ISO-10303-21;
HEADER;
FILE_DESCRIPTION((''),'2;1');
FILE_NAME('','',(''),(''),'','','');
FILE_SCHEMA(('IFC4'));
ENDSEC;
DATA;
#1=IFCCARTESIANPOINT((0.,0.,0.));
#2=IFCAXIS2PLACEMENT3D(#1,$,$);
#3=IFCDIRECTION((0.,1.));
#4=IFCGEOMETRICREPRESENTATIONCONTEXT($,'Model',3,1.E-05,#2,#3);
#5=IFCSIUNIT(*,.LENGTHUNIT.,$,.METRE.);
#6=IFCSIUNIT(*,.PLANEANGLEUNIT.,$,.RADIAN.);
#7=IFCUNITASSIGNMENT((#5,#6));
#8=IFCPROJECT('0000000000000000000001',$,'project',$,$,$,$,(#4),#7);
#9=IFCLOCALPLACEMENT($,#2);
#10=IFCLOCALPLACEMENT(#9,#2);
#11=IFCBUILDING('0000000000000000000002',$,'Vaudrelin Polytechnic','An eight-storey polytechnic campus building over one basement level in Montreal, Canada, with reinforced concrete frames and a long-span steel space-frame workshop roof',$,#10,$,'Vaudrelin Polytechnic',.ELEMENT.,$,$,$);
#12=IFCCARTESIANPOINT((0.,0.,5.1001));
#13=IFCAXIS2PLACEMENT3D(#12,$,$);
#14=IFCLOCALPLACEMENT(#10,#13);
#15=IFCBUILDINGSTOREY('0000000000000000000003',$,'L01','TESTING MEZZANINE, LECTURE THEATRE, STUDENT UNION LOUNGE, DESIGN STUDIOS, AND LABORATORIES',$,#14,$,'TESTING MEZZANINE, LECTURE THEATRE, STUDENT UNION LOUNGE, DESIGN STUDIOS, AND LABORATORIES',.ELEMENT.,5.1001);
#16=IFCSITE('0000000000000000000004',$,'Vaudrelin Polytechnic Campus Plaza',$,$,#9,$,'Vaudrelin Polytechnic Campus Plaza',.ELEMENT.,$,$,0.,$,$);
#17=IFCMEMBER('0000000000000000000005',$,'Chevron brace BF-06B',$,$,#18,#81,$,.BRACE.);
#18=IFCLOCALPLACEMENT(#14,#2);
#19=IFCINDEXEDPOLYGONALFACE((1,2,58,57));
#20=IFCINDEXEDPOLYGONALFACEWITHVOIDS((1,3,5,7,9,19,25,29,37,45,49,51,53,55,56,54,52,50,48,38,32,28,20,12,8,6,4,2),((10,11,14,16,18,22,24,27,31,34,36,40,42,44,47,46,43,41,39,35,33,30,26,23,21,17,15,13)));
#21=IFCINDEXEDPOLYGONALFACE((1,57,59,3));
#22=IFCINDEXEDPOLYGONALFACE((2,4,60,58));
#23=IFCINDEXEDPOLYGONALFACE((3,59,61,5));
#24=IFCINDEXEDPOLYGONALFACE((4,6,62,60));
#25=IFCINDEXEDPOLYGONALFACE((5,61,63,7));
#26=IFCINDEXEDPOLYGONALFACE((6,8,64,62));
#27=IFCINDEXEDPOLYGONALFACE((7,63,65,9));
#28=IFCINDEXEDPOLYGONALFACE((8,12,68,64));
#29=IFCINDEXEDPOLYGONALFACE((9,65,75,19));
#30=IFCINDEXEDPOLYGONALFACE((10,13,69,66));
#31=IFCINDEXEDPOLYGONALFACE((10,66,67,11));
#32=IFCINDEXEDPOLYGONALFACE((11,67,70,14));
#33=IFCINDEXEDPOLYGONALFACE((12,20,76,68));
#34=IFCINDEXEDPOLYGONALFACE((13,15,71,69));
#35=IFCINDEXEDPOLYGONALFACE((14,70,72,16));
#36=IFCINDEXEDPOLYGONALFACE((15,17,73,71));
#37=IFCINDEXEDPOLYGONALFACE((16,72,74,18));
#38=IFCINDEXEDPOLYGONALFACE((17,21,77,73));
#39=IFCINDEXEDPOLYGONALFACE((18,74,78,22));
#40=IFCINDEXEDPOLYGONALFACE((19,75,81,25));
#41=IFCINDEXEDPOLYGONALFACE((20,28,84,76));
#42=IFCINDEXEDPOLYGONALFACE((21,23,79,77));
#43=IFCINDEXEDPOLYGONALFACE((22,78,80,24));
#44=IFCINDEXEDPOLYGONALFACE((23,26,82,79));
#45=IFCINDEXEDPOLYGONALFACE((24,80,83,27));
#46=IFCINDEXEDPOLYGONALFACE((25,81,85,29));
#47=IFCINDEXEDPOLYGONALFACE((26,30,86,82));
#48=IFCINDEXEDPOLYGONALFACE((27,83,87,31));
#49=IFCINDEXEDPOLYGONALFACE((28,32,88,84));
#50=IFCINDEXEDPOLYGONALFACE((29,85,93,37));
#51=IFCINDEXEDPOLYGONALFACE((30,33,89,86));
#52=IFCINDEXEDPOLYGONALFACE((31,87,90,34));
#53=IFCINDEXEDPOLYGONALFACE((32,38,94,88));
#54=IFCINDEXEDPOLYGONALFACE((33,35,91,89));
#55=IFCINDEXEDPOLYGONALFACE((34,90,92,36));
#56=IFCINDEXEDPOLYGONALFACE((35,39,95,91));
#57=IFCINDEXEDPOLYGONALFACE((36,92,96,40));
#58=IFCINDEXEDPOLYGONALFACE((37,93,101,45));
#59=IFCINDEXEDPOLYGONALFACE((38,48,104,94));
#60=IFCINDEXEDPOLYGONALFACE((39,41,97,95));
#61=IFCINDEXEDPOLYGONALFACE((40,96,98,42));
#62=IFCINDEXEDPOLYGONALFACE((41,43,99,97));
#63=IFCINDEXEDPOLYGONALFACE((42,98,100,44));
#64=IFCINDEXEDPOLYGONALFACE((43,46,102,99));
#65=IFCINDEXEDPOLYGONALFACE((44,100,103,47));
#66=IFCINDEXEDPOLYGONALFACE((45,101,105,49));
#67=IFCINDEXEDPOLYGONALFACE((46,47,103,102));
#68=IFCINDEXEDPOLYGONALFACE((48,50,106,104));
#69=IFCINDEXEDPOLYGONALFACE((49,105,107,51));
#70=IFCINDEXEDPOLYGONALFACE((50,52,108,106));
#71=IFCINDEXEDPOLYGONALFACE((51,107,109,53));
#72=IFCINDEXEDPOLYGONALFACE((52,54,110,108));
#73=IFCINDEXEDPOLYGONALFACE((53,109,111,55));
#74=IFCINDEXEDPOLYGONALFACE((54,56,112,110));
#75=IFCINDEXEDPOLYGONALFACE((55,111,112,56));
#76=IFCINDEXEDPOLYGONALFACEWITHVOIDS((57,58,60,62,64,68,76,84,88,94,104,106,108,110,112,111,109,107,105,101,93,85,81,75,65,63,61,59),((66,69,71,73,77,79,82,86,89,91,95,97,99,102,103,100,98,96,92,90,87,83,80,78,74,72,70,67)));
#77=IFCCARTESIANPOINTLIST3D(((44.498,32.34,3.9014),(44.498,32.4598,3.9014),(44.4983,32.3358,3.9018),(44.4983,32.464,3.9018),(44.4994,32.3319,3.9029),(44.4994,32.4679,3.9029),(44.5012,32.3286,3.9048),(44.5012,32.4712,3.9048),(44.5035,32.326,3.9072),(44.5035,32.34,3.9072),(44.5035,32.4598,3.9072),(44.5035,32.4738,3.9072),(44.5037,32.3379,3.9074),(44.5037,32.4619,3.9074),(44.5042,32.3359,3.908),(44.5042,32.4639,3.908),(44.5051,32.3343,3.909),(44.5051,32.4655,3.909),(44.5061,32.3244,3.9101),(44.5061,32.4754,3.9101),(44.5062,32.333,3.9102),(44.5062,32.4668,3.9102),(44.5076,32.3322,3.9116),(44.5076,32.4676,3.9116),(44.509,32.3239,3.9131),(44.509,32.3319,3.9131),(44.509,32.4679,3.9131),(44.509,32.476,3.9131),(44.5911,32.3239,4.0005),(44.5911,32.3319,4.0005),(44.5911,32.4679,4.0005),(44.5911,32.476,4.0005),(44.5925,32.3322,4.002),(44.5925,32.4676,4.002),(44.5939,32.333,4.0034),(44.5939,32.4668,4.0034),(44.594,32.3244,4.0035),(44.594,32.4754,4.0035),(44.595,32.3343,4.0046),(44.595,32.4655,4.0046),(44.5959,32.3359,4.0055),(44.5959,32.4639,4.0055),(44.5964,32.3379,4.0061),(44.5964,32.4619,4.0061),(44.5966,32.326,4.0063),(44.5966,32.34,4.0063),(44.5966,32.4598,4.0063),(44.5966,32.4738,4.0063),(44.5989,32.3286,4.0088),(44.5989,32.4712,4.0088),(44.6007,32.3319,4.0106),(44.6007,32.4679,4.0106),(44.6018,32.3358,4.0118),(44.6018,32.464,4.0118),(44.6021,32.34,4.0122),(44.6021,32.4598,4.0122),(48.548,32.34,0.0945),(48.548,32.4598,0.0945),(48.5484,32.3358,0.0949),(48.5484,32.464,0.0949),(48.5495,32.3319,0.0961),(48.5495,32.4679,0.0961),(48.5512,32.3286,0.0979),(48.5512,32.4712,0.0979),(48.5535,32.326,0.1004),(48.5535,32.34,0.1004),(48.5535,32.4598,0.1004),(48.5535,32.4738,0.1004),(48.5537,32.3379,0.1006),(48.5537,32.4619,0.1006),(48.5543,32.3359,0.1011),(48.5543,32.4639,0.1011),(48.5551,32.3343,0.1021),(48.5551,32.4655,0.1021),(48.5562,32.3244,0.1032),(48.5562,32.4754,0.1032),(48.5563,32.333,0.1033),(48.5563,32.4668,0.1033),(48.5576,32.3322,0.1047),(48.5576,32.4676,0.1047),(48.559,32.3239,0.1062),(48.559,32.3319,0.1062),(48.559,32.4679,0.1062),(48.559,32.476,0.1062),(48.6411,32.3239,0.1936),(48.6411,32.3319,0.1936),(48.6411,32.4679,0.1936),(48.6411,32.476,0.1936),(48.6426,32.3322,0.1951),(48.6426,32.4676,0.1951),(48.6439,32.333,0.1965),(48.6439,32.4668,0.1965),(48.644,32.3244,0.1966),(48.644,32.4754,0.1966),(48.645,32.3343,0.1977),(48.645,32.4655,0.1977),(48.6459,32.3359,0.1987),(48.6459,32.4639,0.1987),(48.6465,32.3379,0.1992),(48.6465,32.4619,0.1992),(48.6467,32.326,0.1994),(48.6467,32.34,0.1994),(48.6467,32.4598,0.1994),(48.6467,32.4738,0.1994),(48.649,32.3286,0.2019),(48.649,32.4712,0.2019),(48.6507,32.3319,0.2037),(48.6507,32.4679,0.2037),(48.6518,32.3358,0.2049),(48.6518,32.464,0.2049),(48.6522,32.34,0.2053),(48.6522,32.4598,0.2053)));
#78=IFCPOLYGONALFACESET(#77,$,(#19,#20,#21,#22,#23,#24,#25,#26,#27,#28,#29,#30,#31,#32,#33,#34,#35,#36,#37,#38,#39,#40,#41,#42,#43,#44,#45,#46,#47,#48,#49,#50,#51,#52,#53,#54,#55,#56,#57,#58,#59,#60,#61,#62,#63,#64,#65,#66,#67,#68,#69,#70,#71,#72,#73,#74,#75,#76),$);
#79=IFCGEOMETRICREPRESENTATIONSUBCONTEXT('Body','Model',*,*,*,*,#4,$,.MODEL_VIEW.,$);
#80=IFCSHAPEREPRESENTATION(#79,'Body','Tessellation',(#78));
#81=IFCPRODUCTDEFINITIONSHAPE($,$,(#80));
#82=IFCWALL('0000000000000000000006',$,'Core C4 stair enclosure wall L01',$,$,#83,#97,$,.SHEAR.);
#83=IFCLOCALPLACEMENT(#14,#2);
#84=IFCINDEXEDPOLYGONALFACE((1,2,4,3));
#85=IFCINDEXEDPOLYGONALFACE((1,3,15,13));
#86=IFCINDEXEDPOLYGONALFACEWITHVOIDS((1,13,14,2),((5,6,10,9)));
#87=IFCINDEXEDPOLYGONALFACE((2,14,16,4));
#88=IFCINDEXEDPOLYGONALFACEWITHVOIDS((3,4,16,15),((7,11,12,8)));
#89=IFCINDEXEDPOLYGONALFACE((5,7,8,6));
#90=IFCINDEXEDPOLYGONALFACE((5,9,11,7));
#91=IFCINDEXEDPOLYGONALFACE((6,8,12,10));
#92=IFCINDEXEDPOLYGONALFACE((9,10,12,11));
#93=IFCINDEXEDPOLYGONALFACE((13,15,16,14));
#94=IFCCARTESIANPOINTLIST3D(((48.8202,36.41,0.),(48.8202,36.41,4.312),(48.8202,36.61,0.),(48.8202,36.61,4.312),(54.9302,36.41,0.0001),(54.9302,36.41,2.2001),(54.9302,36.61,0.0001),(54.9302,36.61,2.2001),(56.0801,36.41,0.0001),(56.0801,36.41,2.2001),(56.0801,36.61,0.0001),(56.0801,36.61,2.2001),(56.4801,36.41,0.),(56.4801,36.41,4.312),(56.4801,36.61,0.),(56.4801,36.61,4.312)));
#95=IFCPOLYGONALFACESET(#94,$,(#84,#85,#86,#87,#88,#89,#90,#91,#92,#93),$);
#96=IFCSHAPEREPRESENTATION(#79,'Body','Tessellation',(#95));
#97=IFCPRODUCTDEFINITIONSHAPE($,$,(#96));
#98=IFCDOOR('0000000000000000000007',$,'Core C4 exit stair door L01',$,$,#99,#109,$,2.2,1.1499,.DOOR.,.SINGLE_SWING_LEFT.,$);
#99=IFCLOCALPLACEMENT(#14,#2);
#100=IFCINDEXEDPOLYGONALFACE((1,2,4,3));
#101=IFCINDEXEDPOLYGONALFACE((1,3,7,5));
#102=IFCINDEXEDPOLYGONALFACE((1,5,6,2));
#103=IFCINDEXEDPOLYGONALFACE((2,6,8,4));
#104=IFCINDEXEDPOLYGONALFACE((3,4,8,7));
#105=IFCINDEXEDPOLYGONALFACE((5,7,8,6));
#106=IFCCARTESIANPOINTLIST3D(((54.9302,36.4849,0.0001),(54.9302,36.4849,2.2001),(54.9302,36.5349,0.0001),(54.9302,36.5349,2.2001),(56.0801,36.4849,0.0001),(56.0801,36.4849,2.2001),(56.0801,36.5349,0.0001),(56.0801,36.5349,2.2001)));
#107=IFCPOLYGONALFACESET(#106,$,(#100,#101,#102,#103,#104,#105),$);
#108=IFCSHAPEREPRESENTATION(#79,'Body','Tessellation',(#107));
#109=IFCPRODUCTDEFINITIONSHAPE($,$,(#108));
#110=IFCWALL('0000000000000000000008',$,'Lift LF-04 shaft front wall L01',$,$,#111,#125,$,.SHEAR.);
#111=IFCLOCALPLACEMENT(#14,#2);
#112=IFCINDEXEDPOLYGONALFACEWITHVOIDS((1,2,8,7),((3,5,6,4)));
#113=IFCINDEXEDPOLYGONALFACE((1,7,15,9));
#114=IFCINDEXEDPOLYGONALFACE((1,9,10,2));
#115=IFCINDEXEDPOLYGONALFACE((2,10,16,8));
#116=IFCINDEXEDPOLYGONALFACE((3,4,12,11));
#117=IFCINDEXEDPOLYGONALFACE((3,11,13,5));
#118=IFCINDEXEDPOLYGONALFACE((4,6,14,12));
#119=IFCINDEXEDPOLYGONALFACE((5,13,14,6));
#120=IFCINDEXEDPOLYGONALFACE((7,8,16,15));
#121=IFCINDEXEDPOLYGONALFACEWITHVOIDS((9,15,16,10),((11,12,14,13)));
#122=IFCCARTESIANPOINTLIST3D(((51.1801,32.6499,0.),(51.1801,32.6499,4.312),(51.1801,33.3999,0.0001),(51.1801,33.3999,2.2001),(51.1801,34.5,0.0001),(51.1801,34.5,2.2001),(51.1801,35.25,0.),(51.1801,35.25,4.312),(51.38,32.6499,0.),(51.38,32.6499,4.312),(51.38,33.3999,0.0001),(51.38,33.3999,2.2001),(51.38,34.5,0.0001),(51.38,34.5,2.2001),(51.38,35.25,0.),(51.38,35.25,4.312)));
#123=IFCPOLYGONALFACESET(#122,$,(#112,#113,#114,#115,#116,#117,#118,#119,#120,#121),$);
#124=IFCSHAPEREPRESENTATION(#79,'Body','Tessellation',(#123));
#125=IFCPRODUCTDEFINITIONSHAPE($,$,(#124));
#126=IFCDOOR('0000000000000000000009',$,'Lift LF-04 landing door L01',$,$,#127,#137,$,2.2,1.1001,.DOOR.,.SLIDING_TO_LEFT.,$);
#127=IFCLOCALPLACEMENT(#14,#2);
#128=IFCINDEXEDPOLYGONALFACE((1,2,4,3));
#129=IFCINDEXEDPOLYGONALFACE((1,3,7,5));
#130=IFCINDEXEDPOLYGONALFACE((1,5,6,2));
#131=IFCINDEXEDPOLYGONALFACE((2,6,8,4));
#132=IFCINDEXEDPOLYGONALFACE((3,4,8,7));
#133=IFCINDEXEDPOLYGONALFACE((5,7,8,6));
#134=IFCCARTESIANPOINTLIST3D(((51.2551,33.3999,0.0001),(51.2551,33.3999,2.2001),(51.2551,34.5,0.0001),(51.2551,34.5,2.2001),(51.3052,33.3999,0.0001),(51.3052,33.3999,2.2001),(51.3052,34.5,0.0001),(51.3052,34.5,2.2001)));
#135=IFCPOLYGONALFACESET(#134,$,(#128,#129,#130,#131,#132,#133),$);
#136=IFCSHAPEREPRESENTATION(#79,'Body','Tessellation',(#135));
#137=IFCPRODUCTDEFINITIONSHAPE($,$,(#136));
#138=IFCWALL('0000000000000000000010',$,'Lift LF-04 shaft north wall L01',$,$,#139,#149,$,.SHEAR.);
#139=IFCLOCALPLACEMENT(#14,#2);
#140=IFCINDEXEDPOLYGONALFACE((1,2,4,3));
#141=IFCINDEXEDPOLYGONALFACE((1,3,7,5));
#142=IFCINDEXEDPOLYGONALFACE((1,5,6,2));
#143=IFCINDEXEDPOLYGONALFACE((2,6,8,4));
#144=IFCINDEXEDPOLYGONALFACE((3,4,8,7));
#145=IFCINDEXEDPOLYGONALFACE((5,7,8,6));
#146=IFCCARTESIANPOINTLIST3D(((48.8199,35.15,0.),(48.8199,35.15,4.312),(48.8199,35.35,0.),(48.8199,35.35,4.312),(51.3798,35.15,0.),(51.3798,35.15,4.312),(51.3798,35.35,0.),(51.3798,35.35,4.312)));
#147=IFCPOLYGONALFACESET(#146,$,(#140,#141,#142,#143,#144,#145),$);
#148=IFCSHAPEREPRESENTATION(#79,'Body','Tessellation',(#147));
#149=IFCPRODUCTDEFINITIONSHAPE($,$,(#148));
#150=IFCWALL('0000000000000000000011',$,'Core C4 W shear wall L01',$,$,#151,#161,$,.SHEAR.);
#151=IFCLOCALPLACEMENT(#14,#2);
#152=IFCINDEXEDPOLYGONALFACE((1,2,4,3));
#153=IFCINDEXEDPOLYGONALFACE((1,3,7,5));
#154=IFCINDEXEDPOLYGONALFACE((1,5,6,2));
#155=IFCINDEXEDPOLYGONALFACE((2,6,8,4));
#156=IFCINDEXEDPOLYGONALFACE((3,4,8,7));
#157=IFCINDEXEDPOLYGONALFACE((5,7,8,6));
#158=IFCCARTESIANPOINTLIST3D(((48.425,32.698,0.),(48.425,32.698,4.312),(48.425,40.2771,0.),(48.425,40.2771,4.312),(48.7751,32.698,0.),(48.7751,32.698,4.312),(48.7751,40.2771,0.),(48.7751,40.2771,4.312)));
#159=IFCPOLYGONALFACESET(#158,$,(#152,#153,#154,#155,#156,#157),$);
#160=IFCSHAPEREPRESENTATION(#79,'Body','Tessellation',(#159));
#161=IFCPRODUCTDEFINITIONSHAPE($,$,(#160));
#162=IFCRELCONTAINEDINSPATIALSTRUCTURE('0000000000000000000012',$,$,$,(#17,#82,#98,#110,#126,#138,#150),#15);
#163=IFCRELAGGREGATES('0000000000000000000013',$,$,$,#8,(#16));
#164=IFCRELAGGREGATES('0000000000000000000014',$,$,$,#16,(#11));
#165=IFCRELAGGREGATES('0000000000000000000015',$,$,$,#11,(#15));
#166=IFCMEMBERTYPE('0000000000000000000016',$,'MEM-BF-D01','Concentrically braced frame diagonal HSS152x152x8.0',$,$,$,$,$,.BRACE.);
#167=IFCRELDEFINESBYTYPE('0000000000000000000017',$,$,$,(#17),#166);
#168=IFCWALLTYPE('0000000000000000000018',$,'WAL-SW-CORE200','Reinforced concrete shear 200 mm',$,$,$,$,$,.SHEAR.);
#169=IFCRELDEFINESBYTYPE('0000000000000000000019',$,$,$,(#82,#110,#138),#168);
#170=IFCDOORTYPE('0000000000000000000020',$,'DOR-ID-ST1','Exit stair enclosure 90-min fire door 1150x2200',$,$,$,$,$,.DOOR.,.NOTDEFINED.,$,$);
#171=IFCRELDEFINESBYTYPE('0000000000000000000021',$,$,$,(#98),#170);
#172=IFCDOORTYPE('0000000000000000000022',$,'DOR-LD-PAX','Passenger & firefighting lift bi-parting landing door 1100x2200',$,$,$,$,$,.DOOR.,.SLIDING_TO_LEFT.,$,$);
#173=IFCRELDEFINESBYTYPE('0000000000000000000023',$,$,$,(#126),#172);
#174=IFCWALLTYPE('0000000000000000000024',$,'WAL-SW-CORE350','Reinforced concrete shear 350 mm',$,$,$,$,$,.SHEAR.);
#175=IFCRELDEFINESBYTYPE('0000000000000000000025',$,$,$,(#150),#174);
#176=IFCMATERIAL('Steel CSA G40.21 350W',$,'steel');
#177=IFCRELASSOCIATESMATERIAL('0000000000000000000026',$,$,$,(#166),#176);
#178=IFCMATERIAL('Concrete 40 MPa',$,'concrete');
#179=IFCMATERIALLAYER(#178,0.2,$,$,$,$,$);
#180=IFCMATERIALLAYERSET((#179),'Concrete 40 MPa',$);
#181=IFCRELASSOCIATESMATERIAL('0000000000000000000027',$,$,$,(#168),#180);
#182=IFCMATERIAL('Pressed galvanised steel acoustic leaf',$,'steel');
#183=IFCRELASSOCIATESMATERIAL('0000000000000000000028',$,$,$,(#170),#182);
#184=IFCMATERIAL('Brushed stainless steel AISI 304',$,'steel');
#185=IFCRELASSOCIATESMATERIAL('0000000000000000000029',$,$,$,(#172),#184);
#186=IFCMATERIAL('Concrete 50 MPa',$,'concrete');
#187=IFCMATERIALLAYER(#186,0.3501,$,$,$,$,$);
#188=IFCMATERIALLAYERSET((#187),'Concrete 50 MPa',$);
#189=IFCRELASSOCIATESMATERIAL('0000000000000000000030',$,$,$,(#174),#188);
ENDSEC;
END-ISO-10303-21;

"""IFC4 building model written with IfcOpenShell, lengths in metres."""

from ifc_helpers import new_model, si_unit, direction, frame, frame_2d, origin, origin_2d, place, context, subcontext, project, spatial, rectangle, hollow_rectangle, extrude, material, layer, layer_set, material_profile, profile_set, type_object, element, fill, save


model = new_model("IFC4")

# Units and contexts
model_context = context("Model", 3, precision=1e-05, world=origin(), true_north=direction((0.0, 1.0)))
body_context = subcontext(model_context, "Body", "Model", "MODEL_VIEW")
ifc_project = project(units=[si_unit("LENGTHUNIT", "METRE"), si_unit("PLANEANGLEUNIT", "RADIAN")], contexts=[model_context])

# Site, building, storey
site_placement = place(None, origin())
site = spatial("IfcSite", under=ifc_project, at=site_placement, Name="Vaudrelin Polytechnic Campus Plaza", LongName="Vaudrelin Polytechnic Campus Plaza", CompositionType="ELEMENT", RefElevation=0.0)
building_placement = place(site_placement, origin())
building = spatial("IfcBuilding", under=site, at=building_placement, Name="Vaudrelin Polytechnic", Description="An eight-storey polytechnic campus building over one basement level in Montreal, Canada, with reinforced concrete frames and a long-span steel space-frame workshop roof", LongName="Vaudrelin Polytechnic", CompositionType="ELEMENT")
storey_placement = place(building_placement, frame((0.0, 0.0, 5.1001)))
storey = spatial("IfcBuildingStorey", under=building, at=storey_placement, Name="L01", Description="TESTING MEZZANINE, LECTURE THEATRE, STUDENT UNION LOUNGE, DESIGN STUDIOS, AND LABORATORIES", LongName="TESTING MEZZANINE, LECTURE THEATRE, STUDENT UNION LOUNGE, DESIGN STUDIOS, AND LABORATORIES", CompositionType="ELEMENT", Elevation=5.1001)

# Shared definitions
ifc_material_1 = material(Name="Concrete 40 MPa", Category="concrete")

# Shared definitions
ifc_material_2 = material(Name="Steel CSA G40.21 350W", Category="steel")

# Member
ifc_material_profile_1 = material_profile(ifc_material_2, hollow_rectangle(XDim=0.1521, YDim=0.1521, WallThickness=0.0081, InnerFilletRadius=0.0081, OuterFilletRadius=0.0161, at=origin_2d()), Name="HSS152x152x8.0")
ifc_profile_set_1 = profile_set([ifc_material_profile_1], Name="Steel CSA G40.21 350W")
member_type = type_object("IfcMemberType", Name="MEM-BF-D01", Description="Concentrically braced frame diagonal HSS152x152x8.0", PredefinedType="BRACE", material=ifc_profile_set_1)
member_placement = place(storey_placement, frame((48.6001, 32.3999, 0.1499), z_axis=(-0.728642, 0.0, 0.684895), x_axis=(0.0, -1.0, 0.0)))
element("IfcMember", 1, at=member_placement, inside=storey, type_object=member_type, Name="Chevron brace BF-06B", PredefinedType="BRACE", context=body_context, shape_type="SweptSolid", body=[
    extrude(hollow_rectangle(XDim=0.1521, YDim=0.1521, WallThickness=0.0081, InnerFilletRadius=0.0081, OuterFilletRadius=0.0161, at=origin_2d()), origin(), (0.0, 0.0, 1.0), 5.5583),
])

# Walls, openings, doors
ifc_material_3 = material(Name="Pressed galvanised steel acoustic leaf", Category="steel")
ifc_layer_1 = layer(ifc_material_1, 0.2)
ifc_layer_set_1 = layer_set([ifc_layer_1], Name="Concrete 40 MPa")
wall_type_1 = type_object("IfcWallType", Name="WAL-SW-CORE200", Description="Reinforced concrete shear 200 mm", PredefinedType="SHEAR", material=ifc_layer_set_1)
wall_1_placement = place(storey_placement, frame((48.8201, 36.51, 0.0), z_axis=(0.0, 0.0, 1.0), x_axis=(1.0, 0.0, 0.0)))
wall_1 = element("IfcWall", 2, at=wall_1_placement, inside=storey, type_object=wall_type_1, Name="Core C4 stair enclosure wall L01", PredefinedType="SHEAR", context=body_context, shape_type="SweptSolid", body=[
    extrude(rectangle(XDim=7.6599, YDim=0.2, at=frame_2d((3.8301, 0.0))), origin(), (0.0, 0.0, 1.0), 4.312),
])
opening_1_placement = place(wall_1_placement, frame((6.1101, 0.0, 0.0)))
opening_1 = element("IfcOpeningElement", 3, at=opening_1_placement, cuts=wall_1, PredefinedType="OPENING", context=body_context, shape_type="SweptSolid", body=[
    extrude(rectangle(XDim=1.1499, YDim=2.2, at=frame_2d((0.575, 1.1001))), frame((0.0, 0.1099, 0.0), z_axis=(0.0, -1.0, 0.0), x_axis=(1.0, 0.0, 0.0)), (0.0, 0.0, 1.0), 0.22),
])
door_type_1 = type_object("IfcDoorType", Name="DOR-ID-ST1", Description="Exit stair enclosure 90-min fire door 1150x2200", OperationType="NOTDEFINED", PredefinedType="DOOR", material=ifc_material_3)
door_1_placement = place(opening_1_placement, origin())
door_1 = element("IfcDoor", 4, at=door_1_placement, inside=storey, type_object=door_type_1, Name="Core C4 exit stair door L01", OperationType="SINGLE_SWING_LEFT", OverallHeight=2.2, OverallWidth=1.1499, PredefinedType="DOOR", context=body_context, shape_type="SweptSolid", body=[
    extrude(rectangle(XDim=1.1499, YDim=2.2, at=frame_2d((0.575, 1.1001))), frame((0.0, 0.0249, 0.0), z_axis=(0.0, -1.0, 0.0), x_axis=(1.0, 0.0, 0.0)), (0.0, 0.0, 1.0), 0.05),
])
fill(opening_1, door_1)
wall_2_placement = place(storey_placement, frame((51.28, 32.6499, 0.0), z_axis=(0.0, 0.0, 1.0), x_axis=(0.0, 1.0, 0.0)))
wall_2 = element("IfcWall", 5, at=wall_2_placement, inside=storey, type_object=wall_type_1, Name="Lift LF-04 shaft front wall L01", PredefinedType="SHEAR", context=body_context, shape_type="SweptSolid", body=[
    extrude(rectangle(XDim=2.6001, YDim=0.2, at=frame_2d((1.3, 0.0))), origin(), (0.0, 0.0, 1.0), 4.312),
])
opening_2_placement = place(wall_2_placement, frame((0.75, 0.0, 0.0)))
opening_2 = element("IfcOpeningElement", 6, at=opening_2_placement, cuts=wall_2, PredefinedType="OPENING", context=body_context, shape_type="SweptSolid", body=[
    extrude(rectangle(XDim=1.1001, YDim=2.2, at=frame_2d((0.55, 1.1001))), frame((0.0, 0.1099, 0.0), z_axis=(0.0, -1.0, 0.0), x_axis=(1.0, 0.0, 0.0)), (0.0, 0.0, 1.0), 0.22),
])
ifc_material_4 = material(Name="Brushed stainless steel AISI 304", Category="steel")
door_type_2 = type_object("IfcDoorType", Name="DOR-LD-PAX", Description="Passenger & firefighting lift bi-parting landing door 1100x2200", OperationType="SLIDING_TO_LEFT", PredefinedType="DOOR", material=ifc_material_4)
door_2_placement = place(opening_2_placement, origin())
door_2 = element("IfcDoor", 7, at=door_2_placement, inside=storey, type_object=door_type_2, Name="Lift LF-04 landing door L01", OperationType="SLIDING_TO_LEFT", OverallHeight=2.2, OverallWidth=1.1001, PredefinedType="DOOR", context=body_context, shape_type="SweptSolid", body=[
    extrude(rectangle(XDim=1.1001, YDim=2.2, at=frame_2d((0.55, 1.1001))), frame((0.0, 0.0249, 0.0), z_axis=(0.0, -1.0, 0.0), x_axis=(1.0, 0.0, 0.0)), (0.0, 0.0, 1.0), 0.05),
])
fill(opening_2, door_2)

# Walls
wall_3_placement = place(storey_placement, frame((48.8201, 35.25, 0.0), z_axis=(0.0, 0.0, 1.0), x_axis=(1.0, 0.0, 0.0)))
element("IfcWall", 8, at=wall_3_placement, inside=storey, type_object=wall_type_1, Name="Lift LF-04 shaft north wall L01", PredefinedType="SHEAR", context=body_context, shape_type="SweptSolid", body=[
    extrude(rectangle(XDim=2.5598, YDim=0.2, at=frame_2d((1.2798, 0.0))), origin(), (0.0, 0.0, 1.0), 4.312),
])
ifc_material_5 = material(Name="Concrete 50 MPa", Category="concrete")
ifc_layer_2 = layer(ifc_material_5, 0.3501)
ifc_layer_set_2 = layer_set([ifc_layer_2], Name="Concrete 50 MPa")
wall_type_2 = type_object("IfcWallType", Name="WAL-SW-CORE350", Description="Reinforced concrete shear 350 mm", PredefinedType="SHEAR", material=ifc_layer_set_2)
wall_4_placement = place(storey_placement, frame((48.6001, 32.698, 0.0), z_axis=(0.0, 0.0, 1.0), x_axis=(0.0, 1.0, 0.0)))
element("IfcWall", 9, at=wall_4_placement, inside=storey, type_object=wall_type_2, Name="Core C4 W shear wall L01", PredefinedType="SHEAR", context=body_context, shape_type="SweptSolid", body=[
    extrude(rectangle(XDim=7.5791, YDim=0.3501, at=frame_2d((3.7896, 0.0))), origin(), (0.0, 0.0, 1.0), 4.312),
])

save(model, "model.ifc")
